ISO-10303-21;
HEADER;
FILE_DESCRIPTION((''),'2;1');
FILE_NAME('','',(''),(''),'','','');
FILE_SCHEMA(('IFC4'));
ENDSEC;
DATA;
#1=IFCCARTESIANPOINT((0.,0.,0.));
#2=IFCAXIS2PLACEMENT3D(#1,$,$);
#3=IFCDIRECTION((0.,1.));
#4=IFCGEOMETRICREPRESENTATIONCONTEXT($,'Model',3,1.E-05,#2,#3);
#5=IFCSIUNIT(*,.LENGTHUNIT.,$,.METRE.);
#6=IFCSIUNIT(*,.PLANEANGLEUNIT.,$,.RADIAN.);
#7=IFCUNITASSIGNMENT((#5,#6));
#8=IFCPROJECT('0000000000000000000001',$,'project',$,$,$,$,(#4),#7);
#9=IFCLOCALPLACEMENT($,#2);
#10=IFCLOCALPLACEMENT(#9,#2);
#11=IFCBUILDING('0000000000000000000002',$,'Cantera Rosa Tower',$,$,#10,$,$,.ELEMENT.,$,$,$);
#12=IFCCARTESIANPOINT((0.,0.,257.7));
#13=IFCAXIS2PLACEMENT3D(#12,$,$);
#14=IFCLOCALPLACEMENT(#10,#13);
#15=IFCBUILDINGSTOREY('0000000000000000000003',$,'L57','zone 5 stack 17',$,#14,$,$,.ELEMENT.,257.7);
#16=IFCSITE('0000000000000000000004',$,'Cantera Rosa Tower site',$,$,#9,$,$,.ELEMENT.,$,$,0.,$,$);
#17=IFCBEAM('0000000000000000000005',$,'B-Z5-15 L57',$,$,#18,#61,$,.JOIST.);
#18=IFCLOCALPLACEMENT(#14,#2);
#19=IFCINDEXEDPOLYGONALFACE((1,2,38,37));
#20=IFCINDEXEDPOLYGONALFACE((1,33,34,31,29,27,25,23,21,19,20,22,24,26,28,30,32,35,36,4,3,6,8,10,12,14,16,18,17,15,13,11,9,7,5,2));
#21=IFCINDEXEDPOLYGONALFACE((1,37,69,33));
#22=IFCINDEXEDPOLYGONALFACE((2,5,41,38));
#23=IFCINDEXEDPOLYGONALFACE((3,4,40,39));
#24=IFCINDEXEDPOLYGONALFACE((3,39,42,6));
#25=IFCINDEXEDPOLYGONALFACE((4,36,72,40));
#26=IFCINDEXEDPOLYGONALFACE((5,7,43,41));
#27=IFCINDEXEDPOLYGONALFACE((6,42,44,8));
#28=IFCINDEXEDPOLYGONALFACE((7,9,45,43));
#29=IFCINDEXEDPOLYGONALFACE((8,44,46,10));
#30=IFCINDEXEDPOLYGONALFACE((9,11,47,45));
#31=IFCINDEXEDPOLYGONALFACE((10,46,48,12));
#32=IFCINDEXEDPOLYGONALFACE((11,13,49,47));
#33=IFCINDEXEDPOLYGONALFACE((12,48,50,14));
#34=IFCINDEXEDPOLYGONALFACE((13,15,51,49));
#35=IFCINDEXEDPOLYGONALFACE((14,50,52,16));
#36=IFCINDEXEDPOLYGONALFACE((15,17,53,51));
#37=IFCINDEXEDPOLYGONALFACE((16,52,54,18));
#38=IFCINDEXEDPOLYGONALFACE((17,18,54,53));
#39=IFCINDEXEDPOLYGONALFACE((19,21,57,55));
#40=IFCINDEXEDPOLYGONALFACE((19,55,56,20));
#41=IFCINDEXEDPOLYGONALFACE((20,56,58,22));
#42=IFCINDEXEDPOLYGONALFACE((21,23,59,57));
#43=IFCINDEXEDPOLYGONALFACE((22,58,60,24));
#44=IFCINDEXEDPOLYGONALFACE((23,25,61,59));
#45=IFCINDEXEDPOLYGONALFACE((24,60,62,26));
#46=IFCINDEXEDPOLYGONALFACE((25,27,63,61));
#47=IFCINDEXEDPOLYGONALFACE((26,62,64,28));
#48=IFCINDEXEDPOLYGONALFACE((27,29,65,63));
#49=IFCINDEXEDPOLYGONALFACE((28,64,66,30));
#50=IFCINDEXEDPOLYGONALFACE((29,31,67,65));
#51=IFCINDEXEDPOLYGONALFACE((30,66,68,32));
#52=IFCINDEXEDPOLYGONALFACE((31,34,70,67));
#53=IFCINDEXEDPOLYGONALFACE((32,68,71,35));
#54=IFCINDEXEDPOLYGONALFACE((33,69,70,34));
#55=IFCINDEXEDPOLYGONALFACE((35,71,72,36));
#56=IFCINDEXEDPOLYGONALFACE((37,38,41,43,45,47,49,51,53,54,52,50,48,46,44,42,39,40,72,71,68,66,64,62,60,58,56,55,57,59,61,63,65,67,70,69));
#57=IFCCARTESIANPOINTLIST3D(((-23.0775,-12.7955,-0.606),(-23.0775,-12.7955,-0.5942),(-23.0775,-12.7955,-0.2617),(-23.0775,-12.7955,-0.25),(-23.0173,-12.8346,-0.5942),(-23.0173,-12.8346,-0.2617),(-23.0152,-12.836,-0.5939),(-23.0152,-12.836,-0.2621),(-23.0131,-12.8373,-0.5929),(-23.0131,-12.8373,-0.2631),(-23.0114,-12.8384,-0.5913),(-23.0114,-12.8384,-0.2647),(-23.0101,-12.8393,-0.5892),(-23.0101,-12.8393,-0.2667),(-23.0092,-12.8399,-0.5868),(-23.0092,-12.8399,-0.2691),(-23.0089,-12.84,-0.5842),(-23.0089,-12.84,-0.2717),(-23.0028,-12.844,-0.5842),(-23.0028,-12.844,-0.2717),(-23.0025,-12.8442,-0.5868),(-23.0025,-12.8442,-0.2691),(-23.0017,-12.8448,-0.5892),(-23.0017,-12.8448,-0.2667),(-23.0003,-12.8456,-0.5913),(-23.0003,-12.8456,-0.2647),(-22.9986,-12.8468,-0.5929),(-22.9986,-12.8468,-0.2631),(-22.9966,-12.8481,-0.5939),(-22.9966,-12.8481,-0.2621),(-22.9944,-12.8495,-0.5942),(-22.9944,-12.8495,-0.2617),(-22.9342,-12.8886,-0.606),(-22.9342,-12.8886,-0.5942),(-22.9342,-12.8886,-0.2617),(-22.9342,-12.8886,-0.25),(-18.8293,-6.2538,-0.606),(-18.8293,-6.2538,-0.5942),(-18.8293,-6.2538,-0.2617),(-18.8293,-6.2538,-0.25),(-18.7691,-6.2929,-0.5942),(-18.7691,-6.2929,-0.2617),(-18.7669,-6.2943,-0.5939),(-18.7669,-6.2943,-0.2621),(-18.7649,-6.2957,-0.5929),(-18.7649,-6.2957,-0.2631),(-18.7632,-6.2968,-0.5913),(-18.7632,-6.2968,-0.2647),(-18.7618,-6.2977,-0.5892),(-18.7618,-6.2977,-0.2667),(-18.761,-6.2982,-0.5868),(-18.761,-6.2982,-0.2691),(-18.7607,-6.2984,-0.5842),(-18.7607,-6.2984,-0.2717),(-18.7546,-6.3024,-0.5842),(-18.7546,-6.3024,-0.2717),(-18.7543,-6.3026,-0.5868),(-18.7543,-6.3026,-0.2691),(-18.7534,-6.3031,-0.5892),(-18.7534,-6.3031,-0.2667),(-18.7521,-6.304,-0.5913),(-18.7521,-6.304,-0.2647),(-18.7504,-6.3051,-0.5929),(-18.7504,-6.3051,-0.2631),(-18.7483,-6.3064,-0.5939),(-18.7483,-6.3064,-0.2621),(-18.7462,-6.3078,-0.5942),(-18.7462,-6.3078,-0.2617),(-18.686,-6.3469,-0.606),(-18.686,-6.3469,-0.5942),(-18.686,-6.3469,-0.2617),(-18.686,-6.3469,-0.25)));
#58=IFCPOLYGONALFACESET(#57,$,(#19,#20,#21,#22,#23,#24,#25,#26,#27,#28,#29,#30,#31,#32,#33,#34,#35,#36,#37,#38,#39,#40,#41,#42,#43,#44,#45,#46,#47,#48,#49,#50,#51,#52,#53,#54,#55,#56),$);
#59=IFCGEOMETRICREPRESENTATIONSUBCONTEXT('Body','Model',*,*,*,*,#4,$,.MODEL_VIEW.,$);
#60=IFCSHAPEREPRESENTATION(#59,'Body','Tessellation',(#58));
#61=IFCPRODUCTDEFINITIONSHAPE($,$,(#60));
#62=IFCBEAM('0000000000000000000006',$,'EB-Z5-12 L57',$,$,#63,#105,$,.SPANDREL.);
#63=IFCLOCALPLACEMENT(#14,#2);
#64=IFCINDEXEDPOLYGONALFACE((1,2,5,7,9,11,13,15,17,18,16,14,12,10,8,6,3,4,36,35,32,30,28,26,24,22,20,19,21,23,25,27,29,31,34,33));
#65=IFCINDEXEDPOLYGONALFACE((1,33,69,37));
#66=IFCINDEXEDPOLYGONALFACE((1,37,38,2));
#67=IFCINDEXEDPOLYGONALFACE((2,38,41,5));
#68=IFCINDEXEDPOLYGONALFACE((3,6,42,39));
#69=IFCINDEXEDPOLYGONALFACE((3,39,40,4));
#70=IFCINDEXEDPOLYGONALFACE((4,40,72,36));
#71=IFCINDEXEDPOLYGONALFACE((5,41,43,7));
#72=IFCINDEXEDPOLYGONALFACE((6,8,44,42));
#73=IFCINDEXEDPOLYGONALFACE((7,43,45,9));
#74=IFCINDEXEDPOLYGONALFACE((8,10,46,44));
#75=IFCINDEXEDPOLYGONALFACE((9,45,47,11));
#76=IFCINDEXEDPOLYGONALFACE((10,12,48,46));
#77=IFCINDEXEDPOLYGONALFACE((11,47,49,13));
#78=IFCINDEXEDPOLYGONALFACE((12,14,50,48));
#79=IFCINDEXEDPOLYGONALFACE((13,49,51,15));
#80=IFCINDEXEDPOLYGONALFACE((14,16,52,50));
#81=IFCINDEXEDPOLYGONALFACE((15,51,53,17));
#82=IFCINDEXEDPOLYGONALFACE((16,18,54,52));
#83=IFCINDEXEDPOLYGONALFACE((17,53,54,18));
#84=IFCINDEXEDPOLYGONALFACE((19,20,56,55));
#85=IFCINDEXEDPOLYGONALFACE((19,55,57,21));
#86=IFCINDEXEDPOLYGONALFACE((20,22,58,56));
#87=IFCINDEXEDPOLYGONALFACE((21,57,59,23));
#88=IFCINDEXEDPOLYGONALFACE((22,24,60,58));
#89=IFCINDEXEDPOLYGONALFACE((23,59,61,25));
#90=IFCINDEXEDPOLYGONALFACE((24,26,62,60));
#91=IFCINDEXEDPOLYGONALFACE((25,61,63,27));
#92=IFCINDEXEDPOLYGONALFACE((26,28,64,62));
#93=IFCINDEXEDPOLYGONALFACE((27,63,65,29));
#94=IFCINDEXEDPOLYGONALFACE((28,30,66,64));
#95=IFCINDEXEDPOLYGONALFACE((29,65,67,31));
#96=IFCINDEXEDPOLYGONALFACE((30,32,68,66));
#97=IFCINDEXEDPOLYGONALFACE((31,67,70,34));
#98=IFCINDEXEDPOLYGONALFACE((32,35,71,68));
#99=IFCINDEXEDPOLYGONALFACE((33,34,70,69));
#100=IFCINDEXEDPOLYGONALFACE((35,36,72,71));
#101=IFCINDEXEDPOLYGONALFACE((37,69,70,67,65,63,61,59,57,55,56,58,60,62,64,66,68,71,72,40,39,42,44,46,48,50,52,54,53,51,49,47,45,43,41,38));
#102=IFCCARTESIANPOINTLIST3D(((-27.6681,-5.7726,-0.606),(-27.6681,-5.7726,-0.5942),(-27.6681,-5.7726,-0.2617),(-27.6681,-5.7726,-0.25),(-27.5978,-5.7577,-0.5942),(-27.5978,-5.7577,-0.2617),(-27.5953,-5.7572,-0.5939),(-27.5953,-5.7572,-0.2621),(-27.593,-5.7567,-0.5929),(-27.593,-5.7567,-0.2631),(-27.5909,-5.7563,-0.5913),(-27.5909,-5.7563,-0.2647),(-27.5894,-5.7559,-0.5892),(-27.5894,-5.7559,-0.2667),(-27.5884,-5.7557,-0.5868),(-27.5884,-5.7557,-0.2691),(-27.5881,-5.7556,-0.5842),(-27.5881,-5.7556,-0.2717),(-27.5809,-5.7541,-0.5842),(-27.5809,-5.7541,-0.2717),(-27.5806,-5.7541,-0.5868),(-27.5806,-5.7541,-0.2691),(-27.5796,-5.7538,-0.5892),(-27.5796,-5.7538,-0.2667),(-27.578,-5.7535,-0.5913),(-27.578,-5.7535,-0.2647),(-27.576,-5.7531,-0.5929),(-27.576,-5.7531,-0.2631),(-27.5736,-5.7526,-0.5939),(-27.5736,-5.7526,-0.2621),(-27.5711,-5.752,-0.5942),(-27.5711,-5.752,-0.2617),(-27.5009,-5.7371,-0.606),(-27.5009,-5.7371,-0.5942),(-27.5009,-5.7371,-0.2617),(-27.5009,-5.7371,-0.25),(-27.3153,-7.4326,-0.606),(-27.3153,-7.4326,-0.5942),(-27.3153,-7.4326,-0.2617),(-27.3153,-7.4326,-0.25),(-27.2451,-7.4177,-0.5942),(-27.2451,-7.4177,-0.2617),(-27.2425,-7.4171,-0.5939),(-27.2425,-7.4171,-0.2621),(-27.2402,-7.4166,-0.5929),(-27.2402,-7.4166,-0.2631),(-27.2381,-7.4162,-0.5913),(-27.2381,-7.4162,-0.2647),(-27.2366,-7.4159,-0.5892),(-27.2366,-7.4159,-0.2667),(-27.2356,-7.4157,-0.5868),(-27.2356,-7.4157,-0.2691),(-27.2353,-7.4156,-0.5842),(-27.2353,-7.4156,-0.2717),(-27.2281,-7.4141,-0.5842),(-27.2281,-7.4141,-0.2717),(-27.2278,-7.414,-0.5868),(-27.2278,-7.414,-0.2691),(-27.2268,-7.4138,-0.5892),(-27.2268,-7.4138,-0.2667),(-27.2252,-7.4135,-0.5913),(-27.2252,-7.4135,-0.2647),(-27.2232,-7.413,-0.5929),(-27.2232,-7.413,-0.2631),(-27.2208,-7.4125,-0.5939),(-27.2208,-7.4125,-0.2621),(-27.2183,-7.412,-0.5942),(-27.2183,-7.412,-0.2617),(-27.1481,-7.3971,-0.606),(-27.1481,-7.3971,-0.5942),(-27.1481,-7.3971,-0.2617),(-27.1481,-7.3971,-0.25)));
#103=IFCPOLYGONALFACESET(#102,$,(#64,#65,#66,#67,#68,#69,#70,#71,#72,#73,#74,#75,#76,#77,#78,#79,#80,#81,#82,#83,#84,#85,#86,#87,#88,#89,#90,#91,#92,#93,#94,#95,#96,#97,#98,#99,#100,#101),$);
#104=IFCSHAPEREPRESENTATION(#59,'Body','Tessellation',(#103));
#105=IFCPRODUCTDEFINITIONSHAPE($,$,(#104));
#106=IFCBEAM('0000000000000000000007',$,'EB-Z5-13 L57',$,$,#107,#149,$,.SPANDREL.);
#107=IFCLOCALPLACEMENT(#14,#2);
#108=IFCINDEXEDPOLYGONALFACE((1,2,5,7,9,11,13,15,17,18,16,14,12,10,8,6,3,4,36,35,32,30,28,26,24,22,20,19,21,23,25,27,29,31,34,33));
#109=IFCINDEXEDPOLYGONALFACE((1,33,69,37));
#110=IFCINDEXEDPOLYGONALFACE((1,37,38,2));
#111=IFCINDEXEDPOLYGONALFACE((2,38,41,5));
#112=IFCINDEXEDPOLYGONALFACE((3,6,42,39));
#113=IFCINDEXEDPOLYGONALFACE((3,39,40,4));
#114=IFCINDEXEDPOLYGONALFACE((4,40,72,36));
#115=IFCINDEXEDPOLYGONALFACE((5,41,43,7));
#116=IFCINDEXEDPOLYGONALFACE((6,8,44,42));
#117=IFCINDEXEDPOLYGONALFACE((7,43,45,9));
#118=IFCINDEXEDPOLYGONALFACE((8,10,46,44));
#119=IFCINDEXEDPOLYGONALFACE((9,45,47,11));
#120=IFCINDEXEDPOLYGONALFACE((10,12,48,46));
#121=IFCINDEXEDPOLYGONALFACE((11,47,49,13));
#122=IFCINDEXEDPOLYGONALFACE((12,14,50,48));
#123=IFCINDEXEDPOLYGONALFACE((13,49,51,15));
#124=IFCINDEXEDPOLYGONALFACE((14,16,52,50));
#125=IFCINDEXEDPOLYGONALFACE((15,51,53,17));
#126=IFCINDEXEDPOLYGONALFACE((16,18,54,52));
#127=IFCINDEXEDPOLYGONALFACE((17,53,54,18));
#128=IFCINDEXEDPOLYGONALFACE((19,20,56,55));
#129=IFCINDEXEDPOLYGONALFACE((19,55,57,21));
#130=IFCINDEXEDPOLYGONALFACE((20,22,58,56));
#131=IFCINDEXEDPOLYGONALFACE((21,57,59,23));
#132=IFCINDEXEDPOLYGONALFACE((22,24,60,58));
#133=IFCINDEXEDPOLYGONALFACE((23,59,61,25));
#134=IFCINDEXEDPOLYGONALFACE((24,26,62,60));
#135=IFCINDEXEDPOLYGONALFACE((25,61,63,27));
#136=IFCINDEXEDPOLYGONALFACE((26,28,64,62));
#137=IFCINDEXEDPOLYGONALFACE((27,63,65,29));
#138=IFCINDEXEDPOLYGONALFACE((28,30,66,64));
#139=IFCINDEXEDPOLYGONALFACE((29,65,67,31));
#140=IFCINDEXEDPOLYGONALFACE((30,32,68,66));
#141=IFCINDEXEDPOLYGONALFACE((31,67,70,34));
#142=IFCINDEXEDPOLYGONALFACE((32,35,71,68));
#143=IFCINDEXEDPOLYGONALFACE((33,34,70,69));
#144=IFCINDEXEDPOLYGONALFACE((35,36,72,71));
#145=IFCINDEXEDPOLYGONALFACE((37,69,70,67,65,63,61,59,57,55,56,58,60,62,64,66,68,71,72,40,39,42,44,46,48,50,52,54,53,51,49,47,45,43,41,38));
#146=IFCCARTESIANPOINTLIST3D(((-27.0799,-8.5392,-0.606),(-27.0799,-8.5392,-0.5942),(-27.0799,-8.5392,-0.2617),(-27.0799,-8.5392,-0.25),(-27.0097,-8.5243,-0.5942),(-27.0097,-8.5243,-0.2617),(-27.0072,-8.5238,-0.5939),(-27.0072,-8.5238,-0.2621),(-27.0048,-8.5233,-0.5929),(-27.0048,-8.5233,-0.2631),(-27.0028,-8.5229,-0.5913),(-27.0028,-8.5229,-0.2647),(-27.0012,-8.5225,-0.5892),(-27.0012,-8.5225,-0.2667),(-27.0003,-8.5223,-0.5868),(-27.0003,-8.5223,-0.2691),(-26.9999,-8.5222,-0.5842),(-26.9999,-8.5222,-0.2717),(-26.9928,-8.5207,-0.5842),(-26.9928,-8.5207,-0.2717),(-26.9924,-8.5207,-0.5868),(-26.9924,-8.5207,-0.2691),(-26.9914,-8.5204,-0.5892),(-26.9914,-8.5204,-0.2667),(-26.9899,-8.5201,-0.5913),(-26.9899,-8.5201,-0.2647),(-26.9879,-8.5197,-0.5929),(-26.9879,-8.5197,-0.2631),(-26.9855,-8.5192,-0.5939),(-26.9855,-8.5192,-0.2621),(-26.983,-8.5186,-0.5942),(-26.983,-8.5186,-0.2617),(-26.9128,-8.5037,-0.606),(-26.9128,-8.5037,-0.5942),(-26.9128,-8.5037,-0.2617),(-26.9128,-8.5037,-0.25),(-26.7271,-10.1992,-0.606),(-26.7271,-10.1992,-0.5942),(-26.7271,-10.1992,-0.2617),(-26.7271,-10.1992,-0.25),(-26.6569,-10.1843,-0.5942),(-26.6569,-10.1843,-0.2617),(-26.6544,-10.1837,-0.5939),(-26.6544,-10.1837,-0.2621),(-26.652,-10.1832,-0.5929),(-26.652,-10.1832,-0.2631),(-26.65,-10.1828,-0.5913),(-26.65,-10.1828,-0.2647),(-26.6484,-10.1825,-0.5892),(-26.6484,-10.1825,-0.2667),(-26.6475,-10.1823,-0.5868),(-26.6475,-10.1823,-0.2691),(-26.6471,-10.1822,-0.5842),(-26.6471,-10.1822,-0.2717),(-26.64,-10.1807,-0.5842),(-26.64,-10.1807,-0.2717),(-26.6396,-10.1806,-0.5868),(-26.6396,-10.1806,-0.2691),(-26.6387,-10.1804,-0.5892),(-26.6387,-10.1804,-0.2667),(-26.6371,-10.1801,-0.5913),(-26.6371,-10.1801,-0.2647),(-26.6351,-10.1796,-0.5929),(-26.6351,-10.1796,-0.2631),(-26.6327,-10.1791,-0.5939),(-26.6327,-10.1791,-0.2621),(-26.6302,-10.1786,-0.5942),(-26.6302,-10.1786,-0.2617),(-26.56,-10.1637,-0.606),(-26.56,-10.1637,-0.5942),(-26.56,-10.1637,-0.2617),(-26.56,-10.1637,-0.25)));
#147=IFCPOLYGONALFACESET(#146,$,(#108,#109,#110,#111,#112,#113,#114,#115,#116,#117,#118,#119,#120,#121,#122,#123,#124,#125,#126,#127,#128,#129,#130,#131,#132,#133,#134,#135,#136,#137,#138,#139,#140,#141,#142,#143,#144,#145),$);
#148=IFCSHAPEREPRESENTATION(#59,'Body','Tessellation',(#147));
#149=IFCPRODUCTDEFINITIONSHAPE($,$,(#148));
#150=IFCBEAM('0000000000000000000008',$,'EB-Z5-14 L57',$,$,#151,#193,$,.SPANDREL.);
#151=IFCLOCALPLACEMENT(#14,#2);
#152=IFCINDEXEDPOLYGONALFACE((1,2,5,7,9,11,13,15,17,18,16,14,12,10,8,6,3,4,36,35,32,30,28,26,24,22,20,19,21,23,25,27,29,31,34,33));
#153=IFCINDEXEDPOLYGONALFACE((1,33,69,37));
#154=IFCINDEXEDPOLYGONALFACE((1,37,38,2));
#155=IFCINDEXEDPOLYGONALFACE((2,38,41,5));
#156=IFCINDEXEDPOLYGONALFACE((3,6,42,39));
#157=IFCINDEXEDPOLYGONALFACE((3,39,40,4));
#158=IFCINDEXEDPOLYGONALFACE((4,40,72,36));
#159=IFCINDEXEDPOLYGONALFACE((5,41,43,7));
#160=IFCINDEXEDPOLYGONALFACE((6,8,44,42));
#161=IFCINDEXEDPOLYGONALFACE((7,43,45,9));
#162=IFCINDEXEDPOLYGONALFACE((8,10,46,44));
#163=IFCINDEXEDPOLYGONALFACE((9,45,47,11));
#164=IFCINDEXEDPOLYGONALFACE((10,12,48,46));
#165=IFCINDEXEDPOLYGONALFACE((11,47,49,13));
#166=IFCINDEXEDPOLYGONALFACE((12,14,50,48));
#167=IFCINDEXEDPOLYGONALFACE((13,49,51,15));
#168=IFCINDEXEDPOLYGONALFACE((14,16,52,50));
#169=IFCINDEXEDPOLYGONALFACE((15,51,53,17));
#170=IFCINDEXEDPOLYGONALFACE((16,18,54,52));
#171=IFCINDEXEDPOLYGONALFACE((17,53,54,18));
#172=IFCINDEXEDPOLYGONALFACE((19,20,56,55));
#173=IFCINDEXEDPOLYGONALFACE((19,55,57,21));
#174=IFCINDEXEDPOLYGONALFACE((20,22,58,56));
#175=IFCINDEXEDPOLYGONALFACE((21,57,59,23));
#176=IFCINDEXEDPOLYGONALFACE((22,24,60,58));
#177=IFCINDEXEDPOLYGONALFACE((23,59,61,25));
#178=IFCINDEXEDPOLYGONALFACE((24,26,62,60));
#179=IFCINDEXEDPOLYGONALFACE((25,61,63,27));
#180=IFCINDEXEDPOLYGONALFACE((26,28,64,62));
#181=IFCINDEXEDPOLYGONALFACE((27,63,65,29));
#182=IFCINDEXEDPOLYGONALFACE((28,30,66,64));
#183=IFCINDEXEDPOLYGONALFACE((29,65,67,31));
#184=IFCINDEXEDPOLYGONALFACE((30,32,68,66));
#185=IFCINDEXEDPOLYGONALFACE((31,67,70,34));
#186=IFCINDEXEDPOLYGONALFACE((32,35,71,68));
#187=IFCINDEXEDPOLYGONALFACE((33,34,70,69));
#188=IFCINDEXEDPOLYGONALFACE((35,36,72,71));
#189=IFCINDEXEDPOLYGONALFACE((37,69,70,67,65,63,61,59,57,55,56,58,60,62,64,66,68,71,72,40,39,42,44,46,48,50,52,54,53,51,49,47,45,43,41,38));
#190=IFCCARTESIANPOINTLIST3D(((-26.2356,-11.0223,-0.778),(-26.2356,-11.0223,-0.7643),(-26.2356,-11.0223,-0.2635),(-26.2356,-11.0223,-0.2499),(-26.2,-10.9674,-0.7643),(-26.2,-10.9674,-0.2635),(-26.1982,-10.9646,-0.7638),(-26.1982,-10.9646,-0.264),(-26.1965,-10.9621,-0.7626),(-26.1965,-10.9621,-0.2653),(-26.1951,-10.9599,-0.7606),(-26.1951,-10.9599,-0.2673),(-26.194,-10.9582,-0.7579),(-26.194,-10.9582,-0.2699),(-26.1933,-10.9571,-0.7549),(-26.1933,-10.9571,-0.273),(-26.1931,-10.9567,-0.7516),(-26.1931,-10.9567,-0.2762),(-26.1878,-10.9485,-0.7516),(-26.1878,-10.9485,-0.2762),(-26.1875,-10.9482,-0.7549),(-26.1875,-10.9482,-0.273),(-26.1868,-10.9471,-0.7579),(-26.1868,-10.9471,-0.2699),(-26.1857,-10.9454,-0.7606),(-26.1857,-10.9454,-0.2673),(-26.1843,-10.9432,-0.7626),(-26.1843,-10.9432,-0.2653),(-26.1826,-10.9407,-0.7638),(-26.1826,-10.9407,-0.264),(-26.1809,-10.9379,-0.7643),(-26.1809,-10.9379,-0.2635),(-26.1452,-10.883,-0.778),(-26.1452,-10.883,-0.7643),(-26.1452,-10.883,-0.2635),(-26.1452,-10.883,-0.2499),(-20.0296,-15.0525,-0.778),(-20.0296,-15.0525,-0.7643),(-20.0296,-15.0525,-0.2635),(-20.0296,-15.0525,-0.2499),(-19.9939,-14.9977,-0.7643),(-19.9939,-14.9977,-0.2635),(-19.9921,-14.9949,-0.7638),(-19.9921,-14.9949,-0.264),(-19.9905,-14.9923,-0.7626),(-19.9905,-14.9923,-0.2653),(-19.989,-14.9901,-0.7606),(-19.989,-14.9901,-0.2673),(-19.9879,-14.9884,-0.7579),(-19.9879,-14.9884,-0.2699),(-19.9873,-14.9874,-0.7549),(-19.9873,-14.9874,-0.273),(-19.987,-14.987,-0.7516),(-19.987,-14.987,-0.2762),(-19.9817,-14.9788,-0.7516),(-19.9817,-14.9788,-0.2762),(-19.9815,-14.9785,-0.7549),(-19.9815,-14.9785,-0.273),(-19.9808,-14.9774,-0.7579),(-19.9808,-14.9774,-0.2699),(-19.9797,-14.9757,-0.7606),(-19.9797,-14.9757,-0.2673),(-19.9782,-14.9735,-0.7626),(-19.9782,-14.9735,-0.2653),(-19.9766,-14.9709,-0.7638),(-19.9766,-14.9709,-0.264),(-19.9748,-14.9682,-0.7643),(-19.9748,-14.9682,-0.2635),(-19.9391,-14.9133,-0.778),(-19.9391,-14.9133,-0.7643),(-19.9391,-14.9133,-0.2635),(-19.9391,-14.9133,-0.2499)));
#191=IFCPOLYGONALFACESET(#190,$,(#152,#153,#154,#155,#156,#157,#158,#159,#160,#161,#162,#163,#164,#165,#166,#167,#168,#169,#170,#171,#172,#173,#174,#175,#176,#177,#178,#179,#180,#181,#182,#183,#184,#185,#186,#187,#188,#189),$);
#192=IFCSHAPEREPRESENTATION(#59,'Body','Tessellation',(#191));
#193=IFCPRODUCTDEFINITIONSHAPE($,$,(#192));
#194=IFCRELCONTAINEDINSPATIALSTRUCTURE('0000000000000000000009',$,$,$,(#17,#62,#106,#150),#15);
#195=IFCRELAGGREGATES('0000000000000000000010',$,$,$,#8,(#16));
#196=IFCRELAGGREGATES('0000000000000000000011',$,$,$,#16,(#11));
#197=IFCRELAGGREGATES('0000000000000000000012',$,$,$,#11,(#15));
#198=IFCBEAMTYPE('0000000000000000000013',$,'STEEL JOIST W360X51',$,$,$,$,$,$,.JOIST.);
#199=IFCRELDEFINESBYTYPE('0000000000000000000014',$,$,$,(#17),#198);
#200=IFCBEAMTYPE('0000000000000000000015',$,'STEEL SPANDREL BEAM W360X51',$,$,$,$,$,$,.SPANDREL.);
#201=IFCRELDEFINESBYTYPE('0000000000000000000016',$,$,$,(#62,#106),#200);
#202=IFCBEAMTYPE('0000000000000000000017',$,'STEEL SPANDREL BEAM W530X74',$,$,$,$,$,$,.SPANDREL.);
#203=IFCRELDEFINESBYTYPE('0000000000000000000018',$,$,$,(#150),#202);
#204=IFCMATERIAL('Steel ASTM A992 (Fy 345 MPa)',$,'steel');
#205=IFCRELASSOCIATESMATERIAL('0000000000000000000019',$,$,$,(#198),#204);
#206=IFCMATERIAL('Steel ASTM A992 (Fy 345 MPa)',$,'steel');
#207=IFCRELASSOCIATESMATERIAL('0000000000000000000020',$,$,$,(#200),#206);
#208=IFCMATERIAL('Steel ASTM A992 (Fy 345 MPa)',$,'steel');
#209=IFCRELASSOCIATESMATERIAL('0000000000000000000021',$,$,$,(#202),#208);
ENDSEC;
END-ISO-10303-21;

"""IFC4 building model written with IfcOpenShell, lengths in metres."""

from ifc_helpers import new_model, si_unit, direction, frame, origin, origin_2d, place, context, subcontext, project, spatial, i_section, extrude, material, material_profile, profile_set, type_object, element, save


model = new_model("IFC4")

# Units and contexts
model_context = context("Model", 3, precision=1e-05, world=origin(), true_north=direction((0.0, 1.0)))
body_context = subcontext(model_context, "Body", "Model", "MODEL_VIEW")
ifc_project = project(units=[si_unit("LENGTHUNIT", "METRE"), si_unit("PLANEANGLEUNIT", "RADIAN")], contexts=[model_context])

# Site, building, storey
site_placement = place(None, origin())
site = spatial("IfcSite", under=ifc_project, at=site_placement, Name="Cantera Rosa Tower site", CompositionType="ELEMENT", RefElevation=0.0)
building_placement = place(site_placement, origin())
building = spatial("IfcBuilding", under=site, at=building_placement, Name="Cantera Rosa Tower", CompositionType="ELEMENT")
storey_placement = place(building_placement, frame((0.0, 0.0, 257.7)))
storey = spatial("IfcBuildingStorey", under=building, at=storey_placement, Name="L57", Description="zone 5 stack 17", CompositionType="ELEMENT", Elevation=257.7)

# Beams
ifc_material_1 = material(Name="Steel ASTM A992 (Fy 345 MPa)", Category="steel")
ifc_material_profile_1 = material_profile(ifc_material_1, i_section(OverallWidth=0.1709, OverallDepth=0.356, WebThickness=0.0073, FlangeThickness=0.0117, FilletRadius=0.01, at=origin_2d()), Name="W360X51")
ifc_profile_set_1 = profile_set([ifc_material_profile_1], Name="Steel ASTM A992 (Fy 345 MPa)")
beam_type_1 = type_object("IfcBeamType", Name="STEEL JOIST W360X51", PredefinedType="JOIST", material=ifc_profile_set_1)
beam_1_placement = place(storey_placement, frame((-23.0059, -12.842, -0.428), z_axis=(0.544642, 0.838669, 0.0), x_axis=(-0.838669, 0.544642, 0.0)))
element("IfcBeam", 1, at=beam_1_placement, inside=storey, type_object=beam_type_1, Name="B-Z5-15 L57", PredefinedType="JOIST", context=body_context, shape_type="SweptSolid", body=[
    extrude(i_section(OverallWidth=0.1709, OverallDepth=0.356, WebThickness=0.0073, FlangeThickness=0.0117, FilletRadius=0.01, at=origin_2d()), origin(), (0.0, 0.0, 1.0), 7.8),
])
ifc_material_2 = material(Name="Steel ASTM A992 (Fy 345 MPa)", Category="steel")
ifc_material_profile_2 = material_profile(ifc_material_2, i_section(OverallWidth=0.1709, OverallDepth=0.356, WebThickness=0.0073, FlangeThickness=0.0117, FilletRadius=0.01, at=origin_2d()), Name="W360X51")
ifc_profile_set_2 = profile_set([ifc_material_profile_2], Name="Steel ASTM A992 (Fy 345 MPa)")
beam_type_2 = type_object("IfcBeamType", Name="STEEL SPANDREL BEAM W360X51", PredefinedType="SPANDREL", material=ifc_profile_set_2)
for number, where, z_axis, x_axis, name in (
    (2, (-27.5845, -5.7549, -0.428), (0.207888, -0.978153, 0.0), (0.978153, 0.207888, 0.0), "EB-Z5-12 L57"),
    (3, (-26.9963, -8.5215, -0.428), (0.207888, -0.978153, 0.0), (0.978153, 0.207888, 0.0), "EB-Z5-13 L57"),
):
    element("IfcBeam", number, at=place(storey_placement, frame(where, z_axis=z_axis, x_axis=x_axis)), inside=storey, type_object=beam_type_2, Name=name, PredefinedType="SPANDREL", context=body_context, shape_type="SweptSolid", body=[
        extrude(i_section(OverallWidth=0.1709, OverallDepth=0.356, WebThickness=0.0073, FlangeThickness=0.0117, FilletRadius=0.01, at=origin_2d()), origin(), (0.0, 0.0, 1.0), 1.697),
    ])
ifc_material_3 = material(Name="Steel ASTM A992 (Fy 345 MPa)", Category="steel")
ifc_material_profile_3 = material_profile(ifc_material_3, i_section(OverallWidth=0.166, OverallDepth=0.5281, WebThickness=0.0098, FlangeThickness=0.0137, FilletRadius=0.0127, at=origin_2d()), Name="W530X74")
ifc_profile_set_3 = profile_set([ifc_material_profile_3], Name="Steel ASTM A992 (Fy 345 MPa)")
beam_type_3 = type_object("IfcBeamType", Name="STEEL SPANDREL BEAM W530X74", PredefinedType="SPANDREL", material=ifc_profile_set_3)
beam_2_placement = place(storey_placement, frame((-26.1904, -10.9526, -0.5139), z_axis=(0.83867, -0.54464, 0.0), x_axis=(0.54464, 0.83867, 0.0)))
element("IfcBeam", 4, at=beam_2_placement, inside=storey, type_object=beam_type_3, Name="EB-Z5-14 L57", PredefinedType="SPANDREL", context=body_context, shape_type="SweptSolid", body=[
    extrude(i_section(OverallWidth=0.166, OverallDepth=0.5281, WebThickness=0.0098, FlangeThickness=0.0137, FilletRadius=0.0127, at=origin_2d()), origin(), (0.0, 0.0, 1.0), 7.3999),
])

save(model, "model.ifc")
